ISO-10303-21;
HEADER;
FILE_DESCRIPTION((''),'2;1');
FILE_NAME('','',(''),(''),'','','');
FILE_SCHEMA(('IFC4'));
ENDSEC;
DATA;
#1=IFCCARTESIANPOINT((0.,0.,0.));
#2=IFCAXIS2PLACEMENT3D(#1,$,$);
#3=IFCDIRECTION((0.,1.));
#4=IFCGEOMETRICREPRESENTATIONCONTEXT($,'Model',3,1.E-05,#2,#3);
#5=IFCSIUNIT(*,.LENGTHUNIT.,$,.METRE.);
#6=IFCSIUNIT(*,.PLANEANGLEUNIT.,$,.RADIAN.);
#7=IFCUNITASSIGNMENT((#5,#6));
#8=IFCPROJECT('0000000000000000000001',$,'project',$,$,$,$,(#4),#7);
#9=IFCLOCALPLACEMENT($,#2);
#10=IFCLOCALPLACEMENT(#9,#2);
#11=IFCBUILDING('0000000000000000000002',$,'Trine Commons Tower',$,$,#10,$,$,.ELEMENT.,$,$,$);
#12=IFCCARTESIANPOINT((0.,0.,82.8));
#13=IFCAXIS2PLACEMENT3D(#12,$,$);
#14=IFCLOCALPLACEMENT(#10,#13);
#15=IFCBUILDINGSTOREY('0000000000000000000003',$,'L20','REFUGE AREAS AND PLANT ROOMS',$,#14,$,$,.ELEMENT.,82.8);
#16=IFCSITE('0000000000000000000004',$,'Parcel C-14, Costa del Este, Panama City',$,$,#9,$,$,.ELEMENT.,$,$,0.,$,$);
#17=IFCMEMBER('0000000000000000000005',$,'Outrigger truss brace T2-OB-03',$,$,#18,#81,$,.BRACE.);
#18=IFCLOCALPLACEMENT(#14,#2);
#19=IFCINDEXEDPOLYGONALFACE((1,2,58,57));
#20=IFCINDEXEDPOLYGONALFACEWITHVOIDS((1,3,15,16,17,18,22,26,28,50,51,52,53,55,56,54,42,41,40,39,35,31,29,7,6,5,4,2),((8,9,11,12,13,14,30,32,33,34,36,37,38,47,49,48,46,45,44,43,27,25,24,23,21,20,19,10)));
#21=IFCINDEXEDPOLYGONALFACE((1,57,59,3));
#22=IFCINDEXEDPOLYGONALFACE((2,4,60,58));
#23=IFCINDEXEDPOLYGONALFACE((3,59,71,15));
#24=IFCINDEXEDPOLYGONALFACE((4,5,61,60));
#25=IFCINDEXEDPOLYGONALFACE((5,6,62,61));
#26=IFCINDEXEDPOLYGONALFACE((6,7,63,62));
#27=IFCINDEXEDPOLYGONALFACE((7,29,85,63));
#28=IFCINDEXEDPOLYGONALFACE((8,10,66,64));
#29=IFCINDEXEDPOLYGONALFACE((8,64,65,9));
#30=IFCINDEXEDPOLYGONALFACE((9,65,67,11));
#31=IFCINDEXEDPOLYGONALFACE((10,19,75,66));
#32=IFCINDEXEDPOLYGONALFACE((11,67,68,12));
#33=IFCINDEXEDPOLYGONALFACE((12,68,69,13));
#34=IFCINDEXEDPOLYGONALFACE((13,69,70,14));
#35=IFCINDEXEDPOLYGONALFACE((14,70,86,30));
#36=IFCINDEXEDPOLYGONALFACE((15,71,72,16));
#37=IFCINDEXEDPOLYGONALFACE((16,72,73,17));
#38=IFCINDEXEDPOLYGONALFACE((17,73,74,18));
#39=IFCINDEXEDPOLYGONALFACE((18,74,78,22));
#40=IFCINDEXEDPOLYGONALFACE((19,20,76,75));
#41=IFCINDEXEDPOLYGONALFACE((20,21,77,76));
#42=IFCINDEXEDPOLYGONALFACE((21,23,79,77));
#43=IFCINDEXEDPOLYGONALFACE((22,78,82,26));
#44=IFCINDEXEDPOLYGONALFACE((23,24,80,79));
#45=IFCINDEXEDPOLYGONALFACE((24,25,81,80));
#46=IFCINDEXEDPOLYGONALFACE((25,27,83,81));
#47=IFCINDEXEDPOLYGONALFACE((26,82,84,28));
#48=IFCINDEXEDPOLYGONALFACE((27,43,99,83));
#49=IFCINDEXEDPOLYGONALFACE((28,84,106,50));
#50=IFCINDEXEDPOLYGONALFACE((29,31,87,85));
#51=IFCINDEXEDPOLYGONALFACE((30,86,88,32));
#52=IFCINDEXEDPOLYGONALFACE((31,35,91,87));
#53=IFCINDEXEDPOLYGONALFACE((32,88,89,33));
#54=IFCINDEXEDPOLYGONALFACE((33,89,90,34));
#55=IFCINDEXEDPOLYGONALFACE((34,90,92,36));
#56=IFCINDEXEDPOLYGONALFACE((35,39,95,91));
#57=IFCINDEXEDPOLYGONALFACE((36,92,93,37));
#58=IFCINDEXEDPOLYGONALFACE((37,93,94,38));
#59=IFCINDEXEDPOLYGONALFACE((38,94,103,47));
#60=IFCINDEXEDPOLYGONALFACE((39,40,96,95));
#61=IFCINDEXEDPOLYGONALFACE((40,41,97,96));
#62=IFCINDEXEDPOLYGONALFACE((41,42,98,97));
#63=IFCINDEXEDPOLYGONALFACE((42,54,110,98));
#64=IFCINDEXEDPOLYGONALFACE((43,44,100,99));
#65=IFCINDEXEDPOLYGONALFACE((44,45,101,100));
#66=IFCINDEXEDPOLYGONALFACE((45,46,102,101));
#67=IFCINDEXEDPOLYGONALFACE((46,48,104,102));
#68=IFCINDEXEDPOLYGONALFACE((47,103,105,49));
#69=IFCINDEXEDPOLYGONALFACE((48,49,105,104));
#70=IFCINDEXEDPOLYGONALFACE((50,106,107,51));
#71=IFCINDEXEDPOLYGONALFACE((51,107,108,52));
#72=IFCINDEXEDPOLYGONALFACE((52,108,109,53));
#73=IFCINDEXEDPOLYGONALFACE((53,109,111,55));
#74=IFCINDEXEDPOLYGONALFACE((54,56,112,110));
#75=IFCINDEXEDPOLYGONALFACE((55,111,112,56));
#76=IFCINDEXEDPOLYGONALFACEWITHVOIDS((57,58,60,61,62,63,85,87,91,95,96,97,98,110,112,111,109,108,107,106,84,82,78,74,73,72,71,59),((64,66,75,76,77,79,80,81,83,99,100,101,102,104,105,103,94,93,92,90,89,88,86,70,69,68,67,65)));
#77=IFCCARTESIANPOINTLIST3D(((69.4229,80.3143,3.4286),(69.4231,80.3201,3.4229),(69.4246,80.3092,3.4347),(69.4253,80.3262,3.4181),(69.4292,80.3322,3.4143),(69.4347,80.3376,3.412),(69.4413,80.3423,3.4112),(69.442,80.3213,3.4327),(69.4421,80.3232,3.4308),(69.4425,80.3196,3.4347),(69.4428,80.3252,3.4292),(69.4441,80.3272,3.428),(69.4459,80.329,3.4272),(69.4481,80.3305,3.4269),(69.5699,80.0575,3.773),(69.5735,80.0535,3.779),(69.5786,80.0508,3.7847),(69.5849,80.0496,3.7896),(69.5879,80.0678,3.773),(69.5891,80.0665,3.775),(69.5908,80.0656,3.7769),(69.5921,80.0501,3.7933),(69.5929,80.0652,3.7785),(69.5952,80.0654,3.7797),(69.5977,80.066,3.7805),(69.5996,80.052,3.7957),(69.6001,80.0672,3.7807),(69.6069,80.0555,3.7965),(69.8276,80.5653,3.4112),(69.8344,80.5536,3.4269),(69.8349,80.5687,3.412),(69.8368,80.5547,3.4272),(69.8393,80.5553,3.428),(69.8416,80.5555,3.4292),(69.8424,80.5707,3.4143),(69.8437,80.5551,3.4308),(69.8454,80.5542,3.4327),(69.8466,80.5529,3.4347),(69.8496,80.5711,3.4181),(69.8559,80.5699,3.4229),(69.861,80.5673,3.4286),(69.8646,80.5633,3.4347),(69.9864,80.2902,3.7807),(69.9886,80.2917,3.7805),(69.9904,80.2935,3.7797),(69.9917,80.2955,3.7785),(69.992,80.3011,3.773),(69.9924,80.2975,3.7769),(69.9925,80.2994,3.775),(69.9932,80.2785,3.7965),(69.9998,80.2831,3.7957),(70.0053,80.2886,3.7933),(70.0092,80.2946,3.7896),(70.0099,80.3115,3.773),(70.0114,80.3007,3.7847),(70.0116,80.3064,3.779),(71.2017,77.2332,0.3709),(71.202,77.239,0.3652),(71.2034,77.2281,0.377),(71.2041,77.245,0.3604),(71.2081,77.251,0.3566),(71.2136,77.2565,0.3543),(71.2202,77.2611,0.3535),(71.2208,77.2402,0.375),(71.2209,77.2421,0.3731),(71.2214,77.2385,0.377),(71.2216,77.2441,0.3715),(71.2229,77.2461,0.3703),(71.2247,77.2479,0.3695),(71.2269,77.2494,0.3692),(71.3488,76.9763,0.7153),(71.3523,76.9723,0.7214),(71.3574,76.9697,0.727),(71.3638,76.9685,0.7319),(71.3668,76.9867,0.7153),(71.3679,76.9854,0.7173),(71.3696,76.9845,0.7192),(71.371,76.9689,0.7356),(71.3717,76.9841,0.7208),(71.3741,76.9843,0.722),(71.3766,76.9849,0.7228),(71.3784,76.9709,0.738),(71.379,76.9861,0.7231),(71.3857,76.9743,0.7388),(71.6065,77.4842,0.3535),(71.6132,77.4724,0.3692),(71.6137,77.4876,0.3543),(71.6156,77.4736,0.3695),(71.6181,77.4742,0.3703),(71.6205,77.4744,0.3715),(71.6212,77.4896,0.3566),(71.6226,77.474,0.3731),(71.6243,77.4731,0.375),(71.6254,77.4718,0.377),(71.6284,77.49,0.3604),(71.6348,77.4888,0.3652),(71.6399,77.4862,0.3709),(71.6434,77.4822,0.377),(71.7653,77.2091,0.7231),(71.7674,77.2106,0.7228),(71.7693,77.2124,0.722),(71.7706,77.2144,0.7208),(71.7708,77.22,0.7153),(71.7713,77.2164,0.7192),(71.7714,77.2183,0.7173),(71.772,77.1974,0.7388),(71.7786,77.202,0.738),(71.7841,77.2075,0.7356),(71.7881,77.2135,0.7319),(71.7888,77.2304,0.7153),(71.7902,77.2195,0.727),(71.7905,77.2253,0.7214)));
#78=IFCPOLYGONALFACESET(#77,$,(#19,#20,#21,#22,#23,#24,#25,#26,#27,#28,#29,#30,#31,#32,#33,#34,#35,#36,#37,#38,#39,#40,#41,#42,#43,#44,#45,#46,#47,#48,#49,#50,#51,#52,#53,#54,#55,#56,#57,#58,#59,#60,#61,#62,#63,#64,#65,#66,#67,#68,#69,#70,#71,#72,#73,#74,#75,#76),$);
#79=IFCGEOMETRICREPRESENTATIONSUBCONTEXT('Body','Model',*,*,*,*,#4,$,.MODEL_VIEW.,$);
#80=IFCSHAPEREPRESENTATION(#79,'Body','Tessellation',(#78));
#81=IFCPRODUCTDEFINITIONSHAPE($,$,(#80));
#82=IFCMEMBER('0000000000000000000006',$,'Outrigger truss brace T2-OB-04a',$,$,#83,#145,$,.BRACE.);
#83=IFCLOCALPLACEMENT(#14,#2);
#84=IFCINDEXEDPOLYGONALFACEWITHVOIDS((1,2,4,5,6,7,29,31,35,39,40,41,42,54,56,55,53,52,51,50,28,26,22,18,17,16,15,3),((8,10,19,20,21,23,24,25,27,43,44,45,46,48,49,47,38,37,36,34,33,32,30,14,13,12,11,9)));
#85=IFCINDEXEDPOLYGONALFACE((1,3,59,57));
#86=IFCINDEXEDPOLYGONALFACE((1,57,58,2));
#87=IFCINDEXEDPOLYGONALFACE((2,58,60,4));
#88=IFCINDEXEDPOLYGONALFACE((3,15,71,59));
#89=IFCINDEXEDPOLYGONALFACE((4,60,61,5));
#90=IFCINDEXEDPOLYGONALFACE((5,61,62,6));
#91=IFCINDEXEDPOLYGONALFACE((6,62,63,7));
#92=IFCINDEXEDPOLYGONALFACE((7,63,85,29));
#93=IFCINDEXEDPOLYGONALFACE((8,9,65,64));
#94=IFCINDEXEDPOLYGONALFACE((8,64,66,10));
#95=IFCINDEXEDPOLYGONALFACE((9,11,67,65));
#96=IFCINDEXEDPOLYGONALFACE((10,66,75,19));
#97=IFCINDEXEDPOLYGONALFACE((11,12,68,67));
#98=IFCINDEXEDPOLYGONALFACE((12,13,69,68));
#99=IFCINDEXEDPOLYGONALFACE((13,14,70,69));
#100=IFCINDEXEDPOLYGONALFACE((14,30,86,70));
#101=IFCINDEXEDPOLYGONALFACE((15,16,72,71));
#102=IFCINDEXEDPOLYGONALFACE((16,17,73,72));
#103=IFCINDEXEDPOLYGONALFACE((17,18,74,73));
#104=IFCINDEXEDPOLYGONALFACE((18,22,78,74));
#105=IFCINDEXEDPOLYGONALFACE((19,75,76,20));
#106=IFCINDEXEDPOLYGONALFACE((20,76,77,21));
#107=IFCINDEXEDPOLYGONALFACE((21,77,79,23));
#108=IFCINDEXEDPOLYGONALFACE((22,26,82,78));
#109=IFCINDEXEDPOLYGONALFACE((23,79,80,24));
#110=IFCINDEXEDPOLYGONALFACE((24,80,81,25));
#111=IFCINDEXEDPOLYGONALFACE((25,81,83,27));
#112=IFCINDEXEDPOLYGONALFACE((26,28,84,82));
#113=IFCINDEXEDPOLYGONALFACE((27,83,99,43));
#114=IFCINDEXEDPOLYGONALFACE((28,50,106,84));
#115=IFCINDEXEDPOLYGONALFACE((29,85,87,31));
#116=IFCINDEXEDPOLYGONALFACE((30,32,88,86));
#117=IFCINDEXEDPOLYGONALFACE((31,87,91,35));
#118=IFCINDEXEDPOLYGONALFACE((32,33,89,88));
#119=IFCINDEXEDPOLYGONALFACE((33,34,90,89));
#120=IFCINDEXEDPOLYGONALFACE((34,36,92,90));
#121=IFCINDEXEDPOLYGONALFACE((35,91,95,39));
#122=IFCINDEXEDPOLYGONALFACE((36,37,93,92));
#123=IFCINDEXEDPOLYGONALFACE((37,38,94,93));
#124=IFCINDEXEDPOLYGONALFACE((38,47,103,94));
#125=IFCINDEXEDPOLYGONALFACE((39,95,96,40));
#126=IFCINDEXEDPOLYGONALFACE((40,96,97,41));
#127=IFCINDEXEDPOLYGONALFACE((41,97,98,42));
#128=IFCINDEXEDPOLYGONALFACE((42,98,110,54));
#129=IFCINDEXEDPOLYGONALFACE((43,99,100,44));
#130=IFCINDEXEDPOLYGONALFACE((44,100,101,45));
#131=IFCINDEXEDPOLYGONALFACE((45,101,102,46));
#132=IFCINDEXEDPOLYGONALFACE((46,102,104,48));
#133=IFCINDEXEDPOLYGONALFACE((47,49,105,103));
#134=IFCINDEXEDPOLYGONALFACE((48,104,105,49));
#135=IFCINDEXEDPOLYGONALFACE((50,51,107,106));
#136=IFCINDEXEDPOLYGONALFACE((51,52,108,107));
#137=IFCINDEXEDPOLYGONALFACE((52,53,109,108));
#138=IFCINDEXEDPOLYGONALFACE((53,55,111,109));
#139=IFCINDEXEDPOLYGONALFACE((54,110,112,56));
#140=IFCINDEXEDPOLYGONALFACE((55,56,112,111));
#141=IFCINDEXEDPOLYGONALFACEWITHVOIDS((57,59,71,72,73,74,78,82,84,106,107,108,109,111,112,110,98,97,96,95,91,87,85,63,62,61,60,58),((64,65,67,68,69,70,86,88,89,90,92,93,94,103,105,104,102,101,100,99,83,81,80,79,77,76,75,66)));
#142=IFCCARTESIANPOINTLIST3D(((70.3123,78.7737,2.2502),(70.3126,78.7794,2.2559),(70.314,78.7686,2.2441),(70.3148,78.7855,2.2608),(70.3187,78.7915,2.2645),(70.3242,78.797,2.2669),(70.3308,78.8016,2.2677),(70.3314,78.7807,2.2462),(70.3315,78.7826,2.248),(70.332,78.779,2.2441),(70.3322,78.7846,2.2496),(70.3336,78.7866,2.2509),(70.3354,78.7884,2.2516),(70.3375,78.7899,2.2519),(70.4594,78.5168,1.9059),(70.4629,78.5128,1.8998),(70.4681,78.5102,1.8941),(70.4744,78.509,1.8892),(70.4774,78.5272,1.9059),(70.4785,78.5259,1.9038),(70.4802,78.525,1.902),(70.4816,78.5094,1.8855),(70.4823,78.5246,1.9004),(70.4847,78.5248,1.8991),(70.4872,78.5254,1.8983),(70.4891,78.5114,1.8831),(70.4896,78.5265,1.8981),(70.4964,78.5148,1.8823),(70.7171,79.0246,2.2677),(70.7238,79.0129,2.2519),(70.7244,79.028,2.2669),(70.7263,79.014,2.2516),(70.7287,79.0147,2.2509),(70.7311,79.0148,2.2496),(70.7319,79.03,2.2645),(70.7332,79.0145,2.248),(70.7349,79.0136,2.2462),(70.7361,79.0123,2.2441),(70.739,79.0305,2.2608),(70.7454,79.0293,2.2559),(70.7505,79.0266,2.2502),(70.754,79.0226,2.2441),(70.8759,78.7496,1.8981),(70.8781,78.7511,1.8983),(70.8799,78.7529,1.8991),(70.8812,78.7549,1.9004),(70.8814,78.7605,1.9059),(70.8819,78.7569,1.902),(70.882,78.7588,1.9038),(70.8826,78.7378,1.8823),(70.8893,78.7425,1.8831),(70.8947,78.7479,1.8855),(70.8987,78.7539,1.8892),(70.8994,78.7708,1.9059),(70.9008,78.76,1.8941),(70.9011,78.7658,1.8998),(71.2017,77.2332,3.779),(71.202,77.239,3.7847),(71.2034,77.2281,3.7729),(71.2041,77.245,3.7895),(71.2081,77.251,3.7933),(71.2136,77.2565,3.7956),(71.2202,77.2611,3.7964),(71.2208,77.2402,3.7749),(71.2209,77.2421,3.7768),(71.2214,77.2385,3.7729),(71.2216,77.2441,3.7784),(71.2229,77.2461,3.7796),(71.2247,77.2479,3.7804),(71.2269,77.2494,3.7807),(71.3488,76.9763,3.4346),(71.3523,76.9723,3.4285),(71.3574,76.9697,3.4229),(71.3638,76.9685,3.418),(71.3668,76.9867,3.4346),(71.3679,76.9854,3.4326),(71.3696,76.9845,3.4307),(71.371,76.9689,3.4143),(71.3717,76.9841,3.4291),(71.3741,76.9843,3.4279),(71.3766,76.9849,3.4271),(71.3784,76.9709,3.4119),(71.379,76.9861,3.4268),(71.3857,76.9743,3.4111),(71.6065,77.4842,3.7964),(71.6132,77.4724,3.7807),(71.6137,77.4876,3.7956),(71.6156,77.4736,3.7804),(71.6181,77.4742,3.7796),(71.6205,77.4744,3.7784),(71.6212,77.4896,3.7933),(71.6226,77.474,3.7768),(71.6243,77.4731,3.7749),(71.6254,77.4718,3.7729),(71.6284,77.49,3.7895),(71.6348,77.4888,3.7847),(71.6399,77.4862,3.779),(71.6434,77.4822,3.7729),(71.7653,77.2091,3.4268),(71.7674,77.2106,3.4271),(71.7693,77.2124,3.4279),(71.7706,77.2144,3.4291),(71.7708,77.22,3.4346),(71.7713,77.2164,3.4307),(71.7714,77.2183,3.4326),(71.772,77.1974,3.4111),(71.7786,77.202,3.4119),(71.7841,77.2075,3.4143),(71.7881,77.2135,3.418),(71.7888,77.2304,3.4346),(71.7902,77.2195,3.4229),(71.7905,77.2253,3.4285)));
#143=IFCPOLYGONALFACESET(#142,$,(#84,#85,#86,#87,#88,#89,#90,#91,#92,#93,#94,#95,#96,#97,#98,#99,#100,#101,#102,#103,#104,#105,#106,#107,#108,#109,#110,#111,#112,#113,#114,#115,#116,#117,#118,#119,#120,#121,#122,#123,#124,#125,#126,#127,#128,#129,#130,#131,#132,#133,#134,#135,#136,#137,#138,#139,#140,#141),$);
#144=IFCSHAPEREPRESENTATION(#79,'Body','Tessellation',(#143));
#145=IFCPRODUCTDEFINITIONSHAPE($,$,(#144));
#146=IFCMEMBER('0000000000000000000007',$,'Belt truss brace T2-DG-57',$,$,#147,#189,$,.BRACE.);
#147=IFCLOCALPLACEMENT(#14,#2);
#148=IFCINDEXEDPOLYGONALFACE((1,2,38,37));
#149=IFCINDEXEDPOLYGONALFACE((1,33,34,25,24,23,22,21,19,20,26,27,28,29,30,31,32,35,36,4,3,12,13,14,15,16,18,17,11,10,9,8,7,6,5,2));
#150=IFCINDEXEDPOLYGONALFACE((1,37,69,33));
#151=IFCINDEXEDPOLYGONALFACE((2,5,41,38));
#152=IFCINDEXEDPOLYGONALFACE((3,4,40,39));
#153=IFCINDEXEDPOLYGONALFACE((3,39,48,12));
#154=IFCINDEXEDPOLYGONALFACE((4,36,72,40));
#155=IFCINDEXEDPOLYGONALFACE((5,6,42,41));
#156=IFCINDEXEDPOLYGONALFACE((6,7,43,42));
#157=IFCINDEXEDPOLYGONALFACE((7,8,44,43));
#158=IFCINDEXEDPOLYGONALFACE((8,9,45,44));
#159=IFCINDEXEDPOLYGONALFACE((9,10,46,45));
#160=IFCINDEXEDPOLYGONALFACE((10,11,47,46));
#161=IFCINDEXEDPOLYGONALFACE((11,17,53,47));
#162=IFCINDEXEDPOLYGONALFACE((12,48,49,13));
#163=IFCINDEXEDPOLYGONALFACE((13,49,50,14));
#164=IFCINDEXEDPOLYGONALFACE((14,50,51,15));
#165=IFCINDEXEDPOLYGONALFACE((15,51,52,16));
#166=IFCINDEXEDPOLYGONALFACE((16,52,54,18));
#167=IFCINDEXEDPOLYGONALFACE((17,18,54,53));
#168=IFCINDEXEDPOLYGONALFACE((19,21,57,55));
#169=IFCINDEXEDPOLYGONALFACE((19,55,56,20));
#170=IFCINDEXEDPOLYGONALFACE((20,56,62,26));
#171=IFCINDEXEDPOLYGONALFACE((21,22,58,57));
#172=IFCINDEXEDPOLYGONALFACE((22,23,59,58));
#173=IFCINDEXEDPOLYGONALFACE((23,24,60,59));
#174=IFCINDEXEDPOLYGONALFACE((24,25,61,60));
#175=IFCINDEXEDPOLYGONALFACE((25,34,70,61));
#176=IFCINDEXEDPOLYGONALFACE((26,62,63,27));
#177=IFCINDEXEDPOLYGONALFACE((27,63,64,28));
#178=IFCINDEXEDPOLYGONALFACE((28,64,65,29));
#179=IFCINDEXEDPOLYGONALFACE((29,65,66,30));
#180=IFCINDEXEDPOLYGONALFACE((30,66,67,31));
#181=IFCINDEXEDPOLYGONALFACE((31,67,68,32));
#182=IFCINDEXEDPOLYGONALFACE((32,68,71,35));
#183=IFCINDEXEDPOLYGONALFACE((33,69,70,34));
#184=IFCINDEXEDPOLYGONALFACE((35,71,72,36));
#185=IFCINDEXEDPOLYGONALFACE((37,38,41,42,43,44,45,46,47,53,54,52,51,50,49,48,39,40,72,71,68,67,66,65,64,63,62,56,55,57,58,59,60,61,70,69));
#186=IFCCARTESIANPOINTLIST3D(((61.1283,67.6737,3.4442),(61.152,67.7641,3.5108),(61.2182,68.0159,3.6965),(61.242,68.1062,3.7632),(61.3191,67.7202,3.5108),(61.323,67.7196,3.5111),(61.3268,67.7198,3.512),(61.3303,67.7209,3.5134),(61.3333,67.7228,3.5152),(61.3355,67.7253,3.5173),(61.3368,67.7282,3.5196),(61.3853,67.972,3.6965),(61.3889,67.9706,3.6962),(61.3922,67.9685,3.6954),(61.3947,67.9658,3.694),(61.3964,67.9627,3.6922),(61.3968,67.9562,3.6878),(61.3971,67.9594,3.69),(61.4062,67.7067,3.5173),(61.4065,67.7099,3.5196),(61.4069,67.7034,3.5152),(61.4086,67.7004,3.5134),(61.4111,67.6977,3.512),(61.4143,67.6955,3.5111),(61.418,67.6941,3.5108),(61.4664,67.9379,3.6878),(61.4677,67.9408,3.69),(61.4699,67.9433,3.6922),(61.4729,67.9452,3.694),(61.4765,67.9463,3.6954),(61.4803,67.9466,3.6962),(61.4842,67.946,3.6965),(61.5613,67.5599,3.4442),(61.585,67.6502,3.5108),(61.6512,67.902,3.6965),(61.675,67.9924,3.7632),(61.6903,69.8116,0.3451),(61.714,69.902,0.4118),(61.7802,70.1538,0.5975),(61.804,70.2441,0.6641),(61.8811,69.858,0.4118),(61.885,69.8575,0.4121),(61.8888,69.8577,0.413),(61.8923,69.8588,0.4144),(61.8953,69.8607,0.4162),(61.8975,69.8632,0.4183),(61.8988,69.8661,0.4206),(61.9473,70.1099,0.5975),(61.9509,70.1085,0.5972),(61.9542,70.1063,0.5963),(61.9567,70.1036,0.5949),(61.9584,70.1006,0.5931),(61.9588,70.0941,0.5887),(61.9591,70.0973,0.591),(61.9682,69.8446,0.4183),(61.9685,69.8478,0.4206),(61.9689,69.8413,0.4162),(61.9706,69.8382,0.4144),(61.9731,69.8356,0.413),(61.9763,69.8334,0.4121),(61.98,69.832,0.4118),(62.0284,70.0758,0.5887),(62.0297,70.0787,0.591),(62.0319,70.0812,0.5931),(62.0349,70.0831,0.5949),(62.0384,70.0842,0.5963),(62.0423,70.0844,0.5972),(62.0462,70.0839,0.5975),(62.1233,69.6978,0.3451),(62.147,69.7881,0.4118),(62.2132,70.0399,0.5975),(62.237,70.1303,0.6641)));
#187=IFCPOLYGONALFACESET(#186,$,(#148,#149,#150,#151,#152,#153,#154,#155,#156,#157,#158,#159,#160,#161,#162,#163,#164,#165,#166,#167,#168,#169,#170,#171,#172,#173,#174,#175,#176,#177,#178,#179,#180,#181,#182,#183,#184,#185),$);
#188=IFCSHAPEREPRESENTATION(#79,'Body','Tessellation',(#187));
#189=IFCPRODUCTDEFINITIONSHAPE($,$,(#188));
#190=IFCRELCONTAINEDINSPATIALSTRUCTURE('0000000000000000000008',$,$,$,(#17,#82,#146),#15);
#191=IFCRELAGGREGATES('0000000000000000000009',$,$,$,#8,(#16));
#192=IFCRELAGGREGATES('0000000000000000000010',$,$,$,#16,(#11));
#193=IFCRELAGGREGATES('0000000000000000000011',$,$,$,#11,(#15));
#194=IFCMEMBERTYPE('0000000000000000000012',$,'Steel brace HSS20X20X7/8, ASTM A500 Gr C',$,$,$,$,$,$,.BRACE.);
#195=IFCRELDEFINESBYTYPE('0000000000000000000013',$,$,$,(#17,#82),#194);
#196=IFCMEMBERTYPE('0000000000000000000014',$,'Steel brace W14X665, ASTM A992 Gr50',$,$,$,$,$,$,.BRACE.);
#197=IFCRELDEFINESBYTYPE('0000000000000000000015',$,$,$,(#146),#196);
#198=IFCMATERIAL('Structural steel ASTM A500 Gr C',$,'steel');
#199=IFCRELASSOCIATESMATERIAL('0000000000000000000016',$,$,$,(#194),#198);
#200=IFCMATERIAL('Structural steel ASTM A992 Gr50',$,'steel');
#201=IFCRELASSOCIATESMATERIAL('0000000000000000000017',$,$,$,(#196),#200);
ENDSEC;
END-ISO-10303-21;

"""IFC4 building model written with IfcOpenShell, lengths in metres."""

from ifc_helpers import new_model, si_unit, direction, frame, origin, origin_2d, place, context, subcontext, project, spatial, hollow_rectangle, i_section, extrude, material, material_profile, profile_set, type_object, element, save


model = new_model("IFC4")

# Units and contexts
model_context = context("Model", 3, precision=1e-05, world=origin(), true_north=direction((0.0, 1.0)))
body_context = subcontext(model_context, "Body", "Model", "MODEL_VIEW")
ifc_project = project(units=[si_unit("LENGTHUNIT", "METRE"), si_unit("PLANEANGLEUNIT", "RADIAN")], contexts=[model_context])

# Site, building, storey
site_placement = place(None, origin())
site = spatial("IfcSite", under=ifc_project, at=site_placement, Name="Parcel C-14, Costa del Este, Panama City", CompositionType="ELEMENT", RefElevation=0.0)
building_placement = place(site_placement, origin())
building = spatial("IfcBuilding", under=site, at=building_placement, Name="Trine Commons Tower", CompositionType="ELEMENT")
storey_placement = place(building_placement, frame((0.0, 0.0, 82.8)))
storey = spatial("IfcBuildingStorey", under=building, at=storey_placement, Name="L20", Description="REFUGE AREAS AND PLANT ROOMS", CompositionType="ELEMENT", Elevation=82.8)

# Shared definitions
ifc_material_1 = material(Name="Structural steel ASTM A992 Gr50", Category="steel")

# Members
ifc_material_2 = material(Name="Structural steel ASTM A500 Gr C", Category="steel")
ifc_material_profile_1 = material_profile(ifc_material_2, hollow_rectangle(XDim=0.5081, YDim=0.5081, WallThickness=0.0208, InnerFilletRadius=0.0103, OuterFilletRadius=0.031, at=origin_2d()), Name="HSS20X20X7/8")
ifc_profile_set_1 = profile_set([ifc_material_profile_1], Name="Structural steel ASTM A500 Gr C")
member_type_1 = type_object("IfcMemberType", Name="Steel brace HSS20X20X7/8, ASTM A500 Gr C", PredefinedType="BRACE", material=ifc_profile_set_1)
member_1_placement = place(storey_placement, frame((71.4961, 77.2292, 0.5461), z_axis=(-0.379191, 0.656792, 0.651796), x_axis=(-0.86603, -0.499992, 0.0)))
element("IfcMember", 1, at=member_1_placement, inside=storey, type_object=member_type_1, Name="Outrigger truss brace T2-OB-03", PredefinedType="BRACE", context=body_context, shape_type="SweptSolid", body=[
    extrude(hollow_rectangle(XDim=0.5081, YDim=0.5081, WallThickness=0.0208, InnerFilletRadius=0.0103, OuterFilletRadius=0.031, at=origin_2d()), origin(), (0.0, 0.0, 1.0), 4.6912),
])
member_2_placement = place(storey_placement, frame((71.4961, 77.2292, 3.6038), z_axis=(-0.379191, 0.656792, -0.651796), x_axis=(-0.86603, -0.499992, 0.0)))
element("IfcMember", 2, at=member_2_placement, inside=storey, type_object=member_type_1, Name="Outrigger truss brace T2-OB-04a", PredefinedType="BRACE", context=body_context, shape_type="SweptSolid", body=[
    extrude(hollow_rectangle(XDim=0.5081, YDim=0.5081, WallThickness=0.0208, InnerFilletRadius=0.0103, OuterFilletRadius=0.031, at=origin_2d()), origin(), (0.0, 0.0, 1.0), 2.3455),
])
ifc_material_profile_2 = material_profile(ifc_material_1, i_section(OverallWidth=0.4478, OverallDepth=0.5493, WebThickness=0.072, FlangeThickness=0.1147, FilletRadius=0.0151, at=origin_2d()), Name="W14X665")
ifc_profile_set_2 = profile_set([ifc_material_profile_2], Name="Structural steel ASTM A992 Gr50")
member_type_2 = type_object("IfcMemberType", Name="Steel brace W14X665, ASTM A992 Gr50", PredefinedType="BRACE", material=ifc_profile_set_2)
member_3_placement = place(storey_placement, frame((61.9636, 69.9709, 0.5046), z_axis=(-0.147636, -0.561621, 0.814116), x_axis=(0.967142, -0.254238, 0.0)))
element("IfcMember", 3, at=member_3_placement, inside=storey, type_object=member_type_2, Name="Belt truss brace T2-DG-57", PredefinedType="BRACE", context=body_context, shape_type="SweptSolid", body=[
    extrude(i_section(OverallWidth=0.4478, OverallDepth=0.5493, WebThickness=0.072, FlangeThickness=0.1147, FilletRadius=0.0151, at=origin_2d()), origin(), (0.0, 0.0, 1.0), 3.8066),
])

save(model, "model.ifc")
